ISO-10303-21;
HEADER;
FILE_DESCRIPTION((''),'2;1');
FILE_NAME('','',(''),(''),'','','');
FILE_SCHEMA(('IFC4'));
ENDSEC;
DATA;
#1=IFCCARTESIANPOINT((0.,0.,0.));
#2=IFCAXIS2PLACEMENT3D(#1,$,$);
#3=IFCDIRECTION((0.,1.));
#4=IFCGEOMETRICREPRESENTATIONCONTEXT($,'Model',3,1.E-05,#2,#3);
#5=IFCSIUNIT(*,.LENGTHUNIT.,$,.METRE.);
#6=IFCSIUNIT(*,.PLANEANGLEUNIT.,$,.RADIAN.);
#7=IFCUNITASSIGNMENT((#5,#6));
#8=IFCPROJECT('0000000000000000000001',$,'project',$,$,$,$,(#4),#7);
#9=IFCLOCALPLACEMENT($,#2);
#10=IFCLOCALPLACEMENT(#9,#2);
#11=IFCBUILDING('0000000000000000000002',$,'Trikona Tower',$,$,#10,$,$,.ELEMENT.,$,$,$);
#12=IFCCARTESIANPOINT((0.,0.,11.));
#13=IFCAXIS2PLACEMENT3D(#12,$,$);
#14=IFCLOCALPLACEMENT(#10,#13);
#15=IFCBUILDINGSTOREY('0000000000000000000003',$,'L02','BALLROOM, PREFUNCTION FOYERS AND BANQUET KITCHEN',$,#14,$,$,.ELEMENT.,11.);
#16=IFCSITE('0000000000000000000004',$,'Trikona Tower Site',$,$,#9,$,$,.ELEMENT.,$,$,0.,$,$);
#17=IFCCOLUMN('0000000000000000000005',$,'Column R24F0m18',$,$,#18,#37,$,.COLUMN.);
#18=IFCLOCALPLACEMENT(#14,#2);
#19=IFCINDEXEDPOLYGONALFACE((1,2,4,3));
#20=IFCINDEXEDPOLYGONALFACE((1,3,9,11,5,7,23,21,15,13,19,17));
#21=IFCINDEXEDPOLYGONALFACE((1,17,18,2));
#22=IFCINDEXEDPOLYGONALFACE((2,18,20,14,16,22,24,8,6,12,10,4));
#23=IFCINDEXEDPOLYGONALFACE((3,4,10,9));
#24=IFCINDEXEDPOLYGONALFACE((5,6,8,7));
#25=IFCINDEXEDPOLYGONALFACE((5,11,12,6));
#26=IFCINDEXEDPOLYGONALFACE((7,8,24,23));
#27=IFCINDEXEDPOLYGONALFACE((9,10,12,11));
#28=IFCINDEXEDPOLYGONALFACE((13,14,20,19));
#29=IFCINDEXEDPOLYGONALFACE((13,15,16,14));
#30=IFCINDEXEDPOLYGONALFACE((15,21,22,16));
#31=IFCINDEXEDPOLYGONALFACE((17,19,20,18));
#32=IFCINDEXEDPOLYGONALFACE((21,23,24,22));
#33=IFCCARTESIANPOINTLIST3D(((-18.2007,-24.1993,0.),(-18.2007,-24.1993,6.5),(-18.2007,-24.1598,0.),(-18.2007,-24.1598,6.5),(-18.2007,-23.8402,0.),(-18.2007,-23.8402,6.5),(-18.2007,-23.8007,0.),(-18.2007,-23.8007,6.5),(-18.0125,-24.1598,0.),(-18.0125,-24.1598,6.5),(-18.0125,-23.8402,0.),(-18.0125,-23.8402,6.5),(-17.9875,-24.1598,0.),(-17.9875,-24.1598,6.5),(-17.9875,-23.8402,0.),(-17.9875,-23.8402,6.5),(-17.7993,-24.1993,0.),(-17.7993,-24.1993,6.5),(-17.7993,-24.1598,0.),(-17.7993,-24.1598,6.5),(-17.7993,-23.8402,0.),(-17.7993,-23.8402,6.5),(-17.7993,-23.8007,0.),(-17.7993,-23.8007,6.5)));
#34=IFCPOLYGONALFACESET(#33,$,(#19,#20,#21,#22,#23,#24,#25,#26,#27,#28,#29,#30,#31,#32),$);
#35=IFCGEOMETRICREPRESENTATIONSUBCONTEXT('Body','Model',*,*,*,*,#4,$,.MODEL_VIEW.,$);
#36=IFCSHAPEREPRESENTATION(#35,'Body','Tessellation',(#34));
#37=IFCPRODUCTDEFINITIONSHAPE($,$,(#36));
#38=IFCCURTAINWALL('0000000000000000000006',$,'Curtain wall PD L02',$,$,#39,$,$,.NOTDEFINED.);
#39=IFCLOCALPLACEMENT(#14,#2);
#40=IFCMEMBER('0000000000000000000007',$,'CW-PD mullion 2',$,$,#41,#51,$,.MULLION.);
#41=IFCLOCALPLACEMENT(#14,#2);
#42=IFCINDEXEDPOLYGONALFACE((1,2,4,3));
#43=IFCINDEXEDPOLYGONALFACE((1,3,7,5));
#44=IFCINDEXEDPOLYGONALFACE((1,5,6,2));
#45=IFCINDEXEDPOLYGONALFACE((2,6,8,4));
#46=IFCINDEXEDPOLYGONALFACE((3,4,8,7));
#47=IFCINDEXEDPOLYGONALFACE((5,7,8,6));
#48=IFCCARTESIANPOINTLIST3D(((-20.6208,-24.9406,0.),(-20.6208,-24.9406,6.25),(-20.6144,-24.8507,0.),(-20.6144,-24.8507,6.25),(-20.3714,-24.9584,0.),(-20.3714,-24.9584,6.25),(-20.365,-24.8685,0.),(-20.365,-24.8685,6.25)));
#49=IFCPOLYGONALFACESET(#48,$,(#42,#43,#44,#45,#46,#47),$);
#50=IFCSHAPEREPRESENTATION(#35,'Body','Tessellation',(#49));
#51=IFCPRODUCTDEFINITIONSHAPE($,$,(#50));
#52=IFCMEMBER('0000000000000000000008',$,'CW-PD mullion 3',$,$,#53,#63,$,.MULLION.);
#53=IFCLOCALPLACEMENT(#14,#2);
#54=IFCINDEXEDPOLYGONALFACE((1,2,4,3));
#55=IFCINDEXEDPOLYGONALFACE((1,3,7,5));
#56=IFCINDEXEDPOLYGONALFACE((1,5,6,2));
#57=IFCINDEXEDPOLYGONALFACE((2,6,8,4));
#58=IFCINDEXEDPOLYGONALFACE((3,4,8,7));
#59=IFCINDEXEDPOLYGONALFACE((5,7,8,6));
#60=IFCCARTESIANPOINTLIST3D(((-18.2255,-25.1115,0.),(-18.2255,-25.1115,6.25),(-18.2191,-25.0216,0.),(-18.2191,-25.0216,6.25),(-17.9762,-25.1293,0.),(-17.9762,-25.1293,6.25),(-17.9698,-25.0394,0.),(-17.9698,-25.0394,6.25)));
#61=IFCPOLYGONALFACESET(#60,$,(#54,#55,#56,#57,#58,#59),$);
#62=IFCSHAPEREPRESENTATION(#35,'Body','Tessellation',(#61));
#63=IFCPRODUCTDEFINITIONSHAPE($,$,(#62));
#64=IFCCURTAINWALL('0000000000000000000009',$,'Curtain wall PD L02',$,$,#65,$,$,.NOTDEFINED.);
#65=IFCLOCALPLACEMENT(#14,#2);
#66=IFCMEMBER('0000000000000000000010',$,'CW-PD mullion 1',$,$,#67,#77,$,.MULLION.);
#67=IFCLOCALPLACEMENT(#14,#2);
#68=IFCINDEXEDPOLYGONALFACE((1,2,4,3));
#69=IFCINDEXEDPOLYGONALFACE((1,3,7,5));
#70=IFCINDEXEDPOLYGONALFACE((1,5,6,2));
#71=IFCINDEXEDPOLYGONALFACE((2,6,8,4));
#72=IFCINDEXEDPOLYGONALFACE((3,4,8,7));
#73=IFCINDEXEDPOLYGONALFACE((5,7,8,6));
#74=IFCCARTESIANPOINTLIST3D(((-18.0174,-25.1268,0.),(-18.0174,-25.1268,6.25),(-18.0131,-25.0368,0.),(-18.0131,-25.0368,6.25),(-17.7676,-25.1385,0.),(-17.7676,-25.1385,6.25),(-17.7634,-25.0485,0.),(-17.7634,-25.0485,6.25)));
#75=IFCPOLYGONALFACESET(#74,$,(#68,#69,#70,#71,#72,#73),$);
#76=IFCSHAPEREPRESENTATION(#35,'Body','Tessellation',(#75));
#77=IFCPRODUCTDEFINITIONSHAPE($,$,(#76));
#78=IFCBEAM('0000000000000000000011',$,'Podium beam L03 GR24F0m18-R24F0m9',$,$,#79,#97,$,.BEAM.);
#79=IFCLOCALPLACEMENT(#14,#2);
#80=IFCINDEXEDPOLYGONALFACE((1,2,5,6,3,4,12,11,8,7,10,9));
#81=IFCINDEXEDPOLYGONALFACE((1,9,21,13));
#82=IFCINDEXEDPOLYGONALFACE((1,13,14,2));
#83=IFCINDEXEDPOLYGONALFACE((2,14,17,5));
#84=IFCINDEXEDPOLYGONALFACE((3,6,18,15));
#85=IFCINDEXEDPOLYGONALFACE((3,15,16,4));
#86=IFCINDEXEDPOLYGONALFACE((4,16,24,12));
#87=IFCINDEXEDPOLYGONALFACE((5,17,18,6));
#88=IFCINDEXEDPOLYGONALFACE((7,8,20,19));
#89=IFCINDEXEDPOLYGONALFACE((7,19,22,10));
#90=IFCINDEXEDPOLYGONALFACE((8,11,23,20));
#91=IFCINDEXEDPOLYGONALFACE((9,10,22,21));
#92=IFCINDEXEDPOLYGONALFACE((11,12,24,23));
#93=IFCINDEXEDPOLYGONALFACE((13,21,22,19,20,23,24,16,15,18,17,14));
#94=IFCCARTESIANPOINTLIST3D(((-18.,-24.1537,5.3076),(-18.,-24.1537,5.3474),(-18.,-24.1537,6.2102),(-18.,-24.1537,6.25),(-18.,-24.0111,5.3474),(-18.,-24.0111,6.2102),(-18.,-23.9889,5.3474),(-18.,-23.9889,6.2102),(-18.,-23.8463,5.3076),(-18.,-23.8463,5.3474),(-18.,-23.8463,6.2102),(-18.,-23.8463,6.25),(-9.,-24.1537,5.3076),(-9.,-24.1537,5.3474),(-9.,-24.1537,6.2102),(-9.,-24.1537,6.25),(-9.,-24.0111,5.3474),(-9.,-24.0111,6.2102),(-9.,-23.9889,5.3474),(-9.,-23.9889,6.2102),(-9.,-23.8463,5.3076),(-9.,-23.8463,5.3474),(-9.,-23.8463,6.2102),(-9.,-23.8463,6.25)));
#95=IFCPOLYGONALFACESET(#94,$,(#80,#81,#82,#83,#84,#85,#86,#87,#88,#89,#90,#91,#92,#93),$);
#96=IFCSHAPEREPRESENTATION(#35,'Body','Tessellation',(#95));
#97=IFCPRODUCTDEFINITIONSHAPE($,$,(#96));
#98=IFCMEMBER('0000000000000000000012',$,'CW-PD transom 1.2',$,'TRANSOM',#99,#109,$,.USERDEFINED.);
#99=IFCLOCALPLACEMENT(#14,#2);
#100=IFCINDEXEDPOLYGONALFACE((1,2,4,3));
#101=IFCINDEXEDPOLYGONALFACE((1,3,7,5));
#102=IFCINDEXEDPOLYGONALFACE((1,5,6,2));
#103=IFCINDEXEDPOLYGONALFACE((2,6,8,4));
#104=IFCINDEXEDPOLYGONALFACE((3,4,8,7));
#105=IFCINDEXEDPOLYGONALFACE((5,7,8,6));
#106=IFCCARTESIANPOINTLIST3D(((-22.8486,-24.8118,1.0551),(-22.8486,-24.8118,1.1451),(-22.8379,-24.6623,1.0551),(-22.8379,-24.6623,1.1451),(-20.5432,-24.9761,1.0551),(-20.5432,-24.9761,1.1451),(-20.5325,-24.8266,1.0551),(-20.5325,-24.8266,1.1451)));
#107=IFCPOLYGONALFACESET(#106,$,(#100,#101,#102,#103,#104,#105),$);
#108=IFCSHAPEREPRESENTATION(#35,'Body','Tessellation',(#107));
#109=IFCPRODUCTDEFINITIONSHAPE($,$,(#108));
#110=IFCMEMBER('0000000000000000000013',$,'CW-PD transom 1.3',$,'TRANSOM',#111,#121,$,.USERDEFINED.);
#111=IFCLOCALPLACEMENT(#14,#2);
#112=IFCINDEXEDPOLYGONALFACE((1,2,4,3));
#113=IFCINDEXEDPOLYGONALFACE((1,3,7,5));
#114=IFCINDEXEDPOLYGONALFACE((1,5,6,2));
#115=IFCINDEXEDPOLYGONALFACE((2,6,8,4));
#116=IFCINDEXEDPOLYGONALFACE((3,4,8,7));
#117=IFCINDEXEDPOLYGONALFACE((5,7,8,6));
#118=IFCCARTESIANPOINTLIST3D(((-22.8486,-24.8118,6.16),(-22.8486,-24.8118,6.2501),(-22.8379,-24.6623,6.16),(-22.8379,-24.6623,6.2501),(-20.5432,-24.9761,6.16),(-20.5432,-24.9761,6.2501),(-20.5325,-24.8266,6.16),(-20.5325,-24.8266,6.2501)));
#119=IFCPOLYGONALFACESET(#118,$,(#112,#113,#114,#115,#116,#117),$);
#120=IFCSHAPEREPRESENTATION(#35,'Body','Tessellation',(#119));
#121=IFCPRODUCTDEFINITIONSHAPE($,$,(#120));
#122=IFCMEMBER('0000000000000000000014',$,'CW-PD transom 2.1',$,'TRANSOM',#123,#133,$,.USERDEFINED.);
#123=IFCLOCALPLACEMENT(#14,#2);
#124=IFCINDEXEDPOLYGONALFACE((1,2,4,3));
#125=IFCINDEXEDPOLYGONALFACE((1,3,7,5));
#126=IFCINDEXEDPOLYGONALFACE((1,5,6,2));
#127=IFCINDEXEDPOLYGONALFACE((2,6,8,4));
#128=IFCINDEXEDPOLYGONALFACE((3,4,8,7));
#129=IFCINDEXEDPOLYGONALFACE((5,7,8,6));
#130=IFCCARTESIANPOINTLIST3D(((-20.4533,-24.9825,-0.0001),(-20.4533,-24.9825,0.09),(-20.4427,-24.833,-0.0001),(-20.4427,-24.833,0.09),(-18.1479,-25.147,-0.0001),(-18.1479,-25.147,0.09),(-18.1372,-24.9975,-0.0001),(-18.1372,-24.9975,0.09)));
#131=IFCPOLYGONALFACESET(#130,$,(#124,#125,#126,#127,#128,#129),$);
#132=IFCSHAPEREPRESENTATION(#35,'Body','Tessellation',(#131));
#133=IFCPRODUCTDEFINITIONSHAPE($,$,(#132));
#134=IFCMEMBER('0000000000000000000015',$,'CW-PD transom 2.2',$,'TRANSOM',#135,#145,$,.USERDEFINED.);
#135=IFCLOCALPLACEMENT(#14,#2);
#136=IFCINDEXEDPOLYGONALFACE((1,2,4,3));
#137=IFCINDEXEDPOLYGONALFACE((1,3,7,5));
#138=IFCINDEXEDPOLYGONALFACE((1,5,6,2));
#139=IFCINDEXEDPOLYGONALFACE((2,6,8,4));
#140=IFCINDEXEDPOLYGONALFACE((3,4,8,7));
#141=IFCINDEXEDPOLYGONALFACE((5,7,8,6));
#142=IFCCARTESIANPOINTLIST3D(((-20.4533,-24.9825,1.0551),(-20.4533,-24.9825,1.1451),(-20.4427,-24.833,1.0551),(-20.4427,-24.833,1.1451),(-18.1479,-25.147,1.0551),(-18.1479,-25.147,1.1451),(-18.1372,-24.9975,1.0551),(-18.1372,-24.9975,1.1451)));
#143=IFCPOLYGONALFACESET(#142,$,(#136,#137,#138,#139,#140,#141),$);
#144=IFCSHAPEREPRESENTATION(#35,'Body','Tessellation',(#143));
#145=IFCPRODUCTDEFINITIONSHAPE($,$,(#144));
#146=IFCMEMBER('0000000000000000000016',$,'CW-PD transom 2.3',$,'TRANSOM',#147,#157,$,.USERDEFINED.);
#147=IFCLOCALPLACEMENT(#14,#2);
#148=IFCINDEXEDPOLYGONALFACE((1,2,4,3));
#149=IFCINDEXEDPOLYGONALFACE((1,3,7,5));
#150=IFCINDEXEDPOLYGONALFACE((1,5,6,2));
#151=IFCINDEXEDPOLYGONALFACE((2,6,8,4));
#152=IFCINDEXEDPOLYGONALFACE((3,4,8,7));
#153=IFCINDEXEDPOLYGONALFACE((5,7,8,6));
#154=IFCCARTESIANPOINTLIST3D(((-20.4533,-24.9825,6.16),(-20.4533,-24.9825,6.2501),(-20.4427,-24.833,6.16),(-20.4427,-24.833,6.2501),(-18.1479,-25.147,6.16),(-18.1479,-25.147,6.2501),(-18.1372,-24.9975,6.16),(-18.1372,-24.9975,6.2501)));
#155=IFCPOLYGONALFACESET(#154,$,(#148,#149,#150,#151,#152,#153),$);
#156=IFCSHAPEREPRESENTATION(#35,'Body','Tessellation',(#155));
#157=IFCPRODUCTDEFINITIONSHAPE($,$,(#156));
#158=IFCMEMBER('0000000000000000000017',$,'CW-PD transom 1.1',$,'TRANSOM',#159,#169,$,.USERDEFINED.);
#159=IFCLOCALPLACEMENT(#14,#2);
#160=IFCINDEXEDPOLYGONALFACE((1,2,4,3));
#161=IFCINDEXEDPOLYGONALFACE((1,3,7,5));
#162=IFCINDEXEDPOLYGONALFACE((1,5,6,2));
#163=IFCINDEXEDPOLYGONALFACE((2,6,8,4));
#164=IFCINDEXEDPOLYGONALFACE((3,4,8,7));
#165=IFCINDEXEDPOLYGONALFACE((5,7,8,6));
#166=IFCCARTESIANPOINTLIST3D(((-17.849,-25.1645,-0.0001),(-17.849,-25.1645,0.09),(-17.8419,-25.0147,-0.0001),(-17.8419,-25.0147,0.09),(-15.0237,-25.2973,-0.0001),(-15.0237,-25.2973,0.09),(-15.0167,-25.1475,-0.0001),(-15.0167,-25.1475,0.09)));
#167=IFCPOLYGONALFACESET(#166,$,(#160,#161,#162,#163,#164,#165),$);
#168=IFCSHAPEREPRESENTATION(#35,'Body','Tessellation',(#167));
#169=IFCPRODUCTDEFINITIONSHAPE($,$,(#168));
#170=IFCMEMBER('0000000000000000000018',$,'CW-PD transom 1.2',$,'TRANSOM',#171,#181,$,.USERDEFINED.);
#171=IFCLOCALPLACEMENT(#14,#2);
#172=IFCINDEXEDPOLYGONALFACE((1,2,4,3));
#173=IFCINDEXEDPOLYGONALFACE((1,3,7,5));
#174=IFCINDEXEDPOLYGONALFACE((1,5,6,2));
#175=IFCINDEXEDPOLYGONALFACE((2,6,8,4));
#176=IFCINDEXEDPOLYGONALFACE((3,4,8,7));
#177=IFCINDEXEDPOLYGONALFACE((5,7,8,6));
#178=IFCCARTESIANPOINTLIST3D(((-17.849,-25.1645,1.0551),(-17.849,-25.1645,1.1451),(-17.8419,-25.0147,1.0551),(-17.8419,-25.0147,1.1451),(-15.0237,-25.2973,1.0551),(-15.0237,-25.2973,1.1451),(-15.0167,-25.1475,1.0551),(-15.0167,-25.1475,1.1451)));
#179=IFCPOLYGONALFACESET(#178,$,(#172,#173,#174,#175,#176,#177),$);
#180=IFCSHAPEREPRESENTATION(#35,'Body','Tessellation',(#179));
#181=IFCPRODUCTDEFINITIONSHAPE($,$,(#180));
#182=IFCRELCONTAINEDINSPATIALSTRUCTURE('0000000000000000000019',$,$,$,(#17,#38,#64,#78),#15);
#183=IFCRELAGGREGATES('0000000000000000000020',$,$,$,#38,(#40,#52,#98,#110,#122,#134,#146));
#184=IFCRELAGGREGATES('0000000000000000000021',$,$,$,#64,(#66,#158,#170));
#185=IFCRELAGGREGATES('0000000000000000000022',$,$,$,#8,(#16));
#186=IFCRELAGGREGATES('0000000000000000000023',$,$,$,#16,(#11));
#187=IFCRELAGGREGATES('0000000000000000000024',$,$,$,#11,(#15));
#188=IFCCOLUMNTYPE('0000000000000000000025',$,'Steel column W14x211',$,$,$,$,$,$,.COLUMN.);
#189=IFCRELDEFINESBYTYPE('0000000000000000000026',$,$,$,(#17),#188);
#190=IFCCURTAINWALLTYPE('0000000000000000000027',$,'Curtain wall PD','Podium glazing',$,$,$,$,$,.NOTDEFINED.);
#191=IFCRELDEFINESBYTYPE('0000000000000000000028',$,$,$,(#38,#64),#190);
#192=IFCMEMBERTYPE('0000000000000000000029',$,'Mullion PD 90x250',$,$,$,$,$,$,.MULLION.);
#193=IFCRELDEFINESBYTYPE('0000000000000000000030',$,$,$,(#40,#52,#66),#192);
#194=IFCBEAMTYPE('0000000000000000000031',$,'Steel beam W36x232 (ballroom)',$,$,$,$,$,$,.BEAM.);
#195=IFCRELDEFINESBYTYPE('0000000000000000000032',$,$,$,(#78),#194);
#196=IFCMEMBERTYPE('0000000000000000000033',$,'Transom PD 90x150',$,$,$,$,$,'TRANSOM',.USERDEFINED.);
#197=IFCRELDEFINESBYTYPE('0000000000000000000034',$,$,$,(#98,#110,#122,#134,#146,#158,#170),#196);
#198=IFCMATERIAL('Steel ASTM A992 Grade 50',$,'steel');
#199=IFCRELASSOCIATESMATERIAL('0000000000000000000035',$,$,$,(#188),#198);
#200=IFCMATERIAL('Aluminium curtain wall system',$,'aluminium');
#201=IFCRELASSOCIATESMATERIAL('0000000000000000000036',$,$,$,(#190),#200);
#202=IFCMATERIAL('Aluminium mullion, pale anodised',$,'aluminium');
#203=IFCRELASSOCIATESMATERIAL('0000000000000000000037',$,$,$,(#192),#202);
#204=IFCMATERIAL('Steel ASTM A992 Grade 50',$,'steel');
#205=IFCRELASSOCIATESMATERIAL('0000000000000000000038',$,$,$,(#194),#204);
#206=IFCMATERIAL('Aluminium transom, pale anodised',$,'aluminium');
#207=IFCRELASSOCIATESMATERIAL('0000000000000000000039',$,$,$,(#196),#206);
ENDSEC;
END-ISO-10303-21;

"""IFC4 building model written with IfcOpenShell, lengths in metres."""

from ifc_helpers import new_model, si_unit, direction, frame, origin, origin_2d, place, context, subcontext, project, spatial, rectangle, i_section, extrude, material, material_profile, profile_set, type_object, element, aggregate, save


model = new_model("IFC4")

# Units and contexts
model_context = context("Model", 3, precision=1e-05, world=origin(), true_north=direction((0.0, 1.0)))
body_context = subcontext(model_context, "Body", "Model", "MODEL_VIEW")
ifc_project = project(units=[si_unit("LENGTHUNIT", "METRE"), si_unit("PLANEANGLEUNIT", "RADIAN")], contexts=[model_context])

# Site, building, storey
site_placement = place(None, origin())
site = spatial("IfcSite", under=ifc_project, at=site_placement, Name="Trikona Tower Site", CompositionType="ELEMENT", RefElevation=0.0)
building_placement = place(site_placement, origin())
building = spatial("IfcBuilding", under=site, at=building_placement, Name="Trikona Tower", CompositionType="ELEMENT")
storey_placement = place(building_placement, frame((0.0, 0.0, 11.0)))
storey = spatial("IfcBuildingStorey", under=building, at=storey_placement, Name="L02", Description="BALLROOM, PREFUNCTION FOYERS AND BANQUET KITCHEN", CompositionType="ELEMENT", Elevation=11.0)

# Column
ifc_material_1 = material(Name="Steel ASTM A992 Grade 50", Category="steel")
ifc_material_profile_1 = material_profile(ifc_material_1, i_section(OverallWidth=0.4014, OverallDepth=0.3987, WebThickness=0.0249, FlangeThickness=0.0396, at=origin_2d()), Name="W14X211")
ifc_profile_set_1 = profile_set([ifc_material_profile_1], Name="Steel ASTM A992 Grade 50")
column_type = type_object("IfcColumnType", Name="Steel column W14x211", PredefinedType="COLUMN", material=ifc_profile_set_1)
column_placement = place(storey_placement, frame((-18.0, -24.0, 0.0), z_axis=(0.0, 0.0, 1.0), x_axis=(1.0, 0.0, 0.0)))
element("IfcColumn", 1, at=column_placement, inside=storey, type_object=column_type, Name="Column R24F0m18", PredefinedType="COLUMN", context=body_context, shape_type="SweptSolid", body=[
    extrude(i_section(OverallWidth=0.4014, OverallDepth=0.3987, WebThickness=0.0249, FlangeThickness=0.0396, at=origin_2d()), origin(), (0.0, 0.0, 1.0), 6.5),
])

# Curtain wall, members
ifc_material_2 = material(Name="Aluminium curtain wall system", Category="aluminium")
curtain_wall_type = type_object("IfcCurtainWallType", Name="Curtain wall PD", Description="Podium glazing", PredefinedType="NOTDEFINED", material=ifc_material_2)
curtain_wall_1_placement = place(storey_placement, origin())
curtain_wall_1 = element("IfcCurtainWall", 2, at=curtain_wall_1_placement, inside=storey, type_object=curtain_wall_type, Name="Curtain wall PD L02", PredefinedType="NOTDEFINED")
ifc_material_3 = material(Name="Aluminium mullion, pale anodised", Category="aluminium")
ifc_material_profile_2 = material_profile(ifc_material_3, rectangle(XDim=0.0901, YDim=0.25, at=origin_2d()), Name="MUL-PD")
ifc_profile_set_2 = profile_set([ifc_material_profile_2], Name="Aluminium mullion, pale anodised")
member_type_1 = type_object("IfcMemberType", Name="Mullion PD 90x250", PredefinedType="MULLION", material=ifc_profile_set_2)
member_1_placement = place(storey_placement, frame((-20.4929, -24.9045, 0.0), z_axis=(0.0, 0.0, 1.0), x_axis=(0.071126, 0.997467, 0.0)))
member_1 = element("IfcMember", 3, at=member_1_placement, type_object=member_type_1, Name="CW-PD mullion 2", PredefinedType="MULLION", context=body_context, shape_type="SweptSolid", body=[
    extrude(rectangle(XDim=0.0901, YDim=0.25, at=origin_2d()), origin(), (0.0, 0.0, 1.0), 6.25),
])
member_2_placement = place(storey_placement, frame((-18.0977, -25.0754, 0.0), z_axis=(0.0, 0.0, 1.0), x_axis=(0.071126, 0.997467, 0.0)))
member_2 = element("IfcMember", 4, at=member_2_placement, type_object=member_type_1, Name="CW-PD mullion 3", PredefinedType="MULLION", context=body_context, shape_type="SweptSolid", body=[
    extrude(rectangle(XDim=0.0901, YDim=0.25, at=origin_2d()), origin(), (0.0, 0.0, 1.0), 6.25),
])

# Curtain wall, member
curtain_wall_2_placement = place(storey_placement, origin())
curtain_wall_2 = element("IfcCurtainWall", 5, at=curtain_wall_2_placement, inside=storey, type_object=curtain_wall_type, Name="Curtain wall PD L02", PredefinedType="NOTDEFINED")
member_3_placement = place(storey_placement, frame((-17.8904, -25.0876, 0.0), z_axis=(0.0, 0.0, 1.0), x_axis=(0.046907, 0.998899, 0.0)))
member_3 = element("IfcMember", 6, at=member_3_placement, type_object=member_type_1, Name="CW-PD mullion 1", PredefinedType="MULLION", context=body_context, shape_type="SweptSolid", body=[
    extrude(rectangle(XDim=0.0901, YDim=0.25, at=origin_2d()), origin(), (0.0, 0.0, 1.0), 6.25),
])

# Beam
ifc_material_4 = material(Name="Steel ASTM A992 Grade 50", Category="steel")
ifc_material_profile_3 = material_profile(ifc_material_4, i_section(OverallWidth=0.3074, OverallDepth=0.9424, WebThickness=0.0222, FlangeThickness=0.0398, at=origin_2d()), Name="W36X232")
ifc_profile_set_3 = profile_set([ifc_material_profile_3], Name="Steel ASTM A992 Grade 50")
beam_type = type_object("IfcBeamType", Name="Steel beam W36x232 (ballroom)", PredefinedType="BEAM", material=ifc_profile_set_3)
beam_placement = place(storey_placement, frame((-18.0, -24.0, 5.7788), z_axis=(1.0, 0.0, 0.0), x_axis=(0.0, 1.0, 0.0)))
element("IfcBeam", 7, at=beam_placement, inside=storey, type_object=beam_type, Name="Podium beam L03 GR24F0m18-R24F0m9", PredefinedType="BEAM", context=body_context, shape_type="SweptSolid", body=[
    extrude(i_section(OverallWidth=0.3074, OverallDepth=0.9424, WebThickness=0.0222, FlangeThickness=0.0398, at=origin_2d()), origin(), (0.0, 0.0, 1.0), 9.0),
])

# Members
ifc_material_5 = material(Name="Aluminium transom, pale anodised", Category="aluminium")
ifc_material_profile_4 = material_profile(ifc_material_5, rectangle(XDim=0.1499, YDim=0.0901, at=origin_2d()), Name="TRN-PD")
ifc_profile_set_4 = profile_set([ifc_material_profile_4], Name="Aluminium transom, pale anodised")
member_type_2 = type_object("IfcMemberType", Name="Transom PD 90x150", ElementType="TRANSOM", PredefinedType="USERDEFINED", material=ifc_profile_set_4)
member_4_placement = place(storey_placement, frame((-22.8433, -24.7371, 1.1001), z_axis=(0.99747, -0.071089, 0.0), x_axis=(0.071089, 0.99747, 0.0)))
member_4 = element("IfcMember", 8, at=member_4_placement, type_object=member_type_2, Name="CW-PD transom 1.2", ObjectType="TRANSOM", PredefinedType="USERDEFINED", context=body_context, shape_type="SweptSolid", body=[
    extrude(rectangle(XDim=0.1499, YDim=0.0901, at=origin_2d()), origin(), (0.0, 0.0, 1.0), 2.3113),
])
member_5_placement = place(storey_placement, frame((-22.8433, -24.7371, 6.2051), z_axis=(0.99747, -0.071089, 0.0), x_axis=(0.071089, 0.99747, 0.0)))
member_5 = element("IfcMember", 9, at=member_5_placement, type_object=member_type_2, Name="CW-PD transom 1.3", ObjectType="TRANSOM", PredefinedType="USERDEFINED", context=body_context, shape_type="SweptSolid", body=[
    extrude(rectangle(XDim=0.1499, YDim=0.0901, at=origin_2d()), origin(), (0.0, 0.0, 1.0), 2.3113),
])
member_6_placement = place(storey_placement, frame((-20.448, -24.9077, 0.0449), z_axis=(0.997462, -0.071195, 0.0), x_axis=(0.071195, 0.997462, 0.0)))
member_6 = element("IfcMember", 10, at=member_6_placement, type_object=member_type_2, Name="CW-PD transom 2.1", ObjectType="TRANSOM", PredefinedType="USERDEFINED", context=body_context, shape_type="SweptSolid", body=[
    extrude(rectangle(XDim=0.1499, YDim=0.0901, at=origin_2d()), origin(), (0.0, 0.0, 1.0), 2.3113),
])
member_7_placement = place(storey_placement, frame((-20.448, -24.9077, 1.1001), z_axis=(0.997462, -0.071195, 0.0), x_axis=(0.071195, 0.997462, 0.0)))
member_7 = element("IfcMember", 11, at=member_7_placement, type_object=member_type_2, Name="CW-PD transom 2.2", ObjectType="TRANSOM", PredefinedType="USERDEFINED", context=body_context, shape_type="SweptSolid", body=[
    extrude(rectangle(XDim=0.1499, YDim=0.0901, at=origin_2d()), origin(), (0.0, 0.0, 1.0), 2.3113),
])
member_8_placement = place(storey_placement, frame((-20.448, -24.9077, 6.2051), z_axis=(0.997462, -0.071195, 0.0), x_axis=(0.071195, 0.997462, 0.0)))
member_8 = element("IfcMember", 12, at=member_8_placement, type_object=member_type_2, Name="CW-PD transom 2.3", ObjectType="TRANSOM", PredefinedType="USERDEFINED", context=body_context, shape_type="SweptSolid", body=[
    extrude(rectangle(XDim=0.1499, YDim=0.0901, at=origin_2d()), origin(), (0.0, 0.0, 1.0), 2.3113),
])
member_9_placement = place(storey_placement, frame((-17.8455, -25.0896, 0.0449), z_axis=(0.998897, -0.046958, 0.0), x_axis=(0.046958, 0.998897, 0.0)))
member_9 = element("IfcMember", 13, at=member_9_placement, type_object=member_type_2, Name="CW-PD transom 1.1", ObjectType="TRANSOM", PredefinedType="USERDEFINED", context=body_context, shape_type="SweptSolid", body=[
    extrude(rectangle(XDim=0.1499, YDim=0.0901, at=origin_2d()), origin(), (0.0, 0.0, 1.0), 2.8284),
])
member_10_placement = place(storey_placement, frame((-17.8455, -25.0896, 1.1001), z_axis=(0.998897, -0.046958, 0.0), x_axis=(0.046958, 0.998897, 0.0)))
member_10 = element("IfcMember", 14, at=member_10_placement, type_object=member_type_2, Name="CW-PD transom 1.2", ObjectType="TRANSOM", PredefinedType="USERDEFINED", context=body_context, shape_type="SweptSolid", body=[
    extrude(rectangle(XDim=0.1499, YDim=0.0901, at=origin_2d()), origin(), (0.0, 0.0, 1.0), 2.8284),
])

aggregate(curtain_wall_1, [member_1, member_2, member_4, member_5, member_6, member_7, member_8])
aggregate(curtain_wall_2, [member_3, member_9, member_10])

save(model, "model.ifc")
